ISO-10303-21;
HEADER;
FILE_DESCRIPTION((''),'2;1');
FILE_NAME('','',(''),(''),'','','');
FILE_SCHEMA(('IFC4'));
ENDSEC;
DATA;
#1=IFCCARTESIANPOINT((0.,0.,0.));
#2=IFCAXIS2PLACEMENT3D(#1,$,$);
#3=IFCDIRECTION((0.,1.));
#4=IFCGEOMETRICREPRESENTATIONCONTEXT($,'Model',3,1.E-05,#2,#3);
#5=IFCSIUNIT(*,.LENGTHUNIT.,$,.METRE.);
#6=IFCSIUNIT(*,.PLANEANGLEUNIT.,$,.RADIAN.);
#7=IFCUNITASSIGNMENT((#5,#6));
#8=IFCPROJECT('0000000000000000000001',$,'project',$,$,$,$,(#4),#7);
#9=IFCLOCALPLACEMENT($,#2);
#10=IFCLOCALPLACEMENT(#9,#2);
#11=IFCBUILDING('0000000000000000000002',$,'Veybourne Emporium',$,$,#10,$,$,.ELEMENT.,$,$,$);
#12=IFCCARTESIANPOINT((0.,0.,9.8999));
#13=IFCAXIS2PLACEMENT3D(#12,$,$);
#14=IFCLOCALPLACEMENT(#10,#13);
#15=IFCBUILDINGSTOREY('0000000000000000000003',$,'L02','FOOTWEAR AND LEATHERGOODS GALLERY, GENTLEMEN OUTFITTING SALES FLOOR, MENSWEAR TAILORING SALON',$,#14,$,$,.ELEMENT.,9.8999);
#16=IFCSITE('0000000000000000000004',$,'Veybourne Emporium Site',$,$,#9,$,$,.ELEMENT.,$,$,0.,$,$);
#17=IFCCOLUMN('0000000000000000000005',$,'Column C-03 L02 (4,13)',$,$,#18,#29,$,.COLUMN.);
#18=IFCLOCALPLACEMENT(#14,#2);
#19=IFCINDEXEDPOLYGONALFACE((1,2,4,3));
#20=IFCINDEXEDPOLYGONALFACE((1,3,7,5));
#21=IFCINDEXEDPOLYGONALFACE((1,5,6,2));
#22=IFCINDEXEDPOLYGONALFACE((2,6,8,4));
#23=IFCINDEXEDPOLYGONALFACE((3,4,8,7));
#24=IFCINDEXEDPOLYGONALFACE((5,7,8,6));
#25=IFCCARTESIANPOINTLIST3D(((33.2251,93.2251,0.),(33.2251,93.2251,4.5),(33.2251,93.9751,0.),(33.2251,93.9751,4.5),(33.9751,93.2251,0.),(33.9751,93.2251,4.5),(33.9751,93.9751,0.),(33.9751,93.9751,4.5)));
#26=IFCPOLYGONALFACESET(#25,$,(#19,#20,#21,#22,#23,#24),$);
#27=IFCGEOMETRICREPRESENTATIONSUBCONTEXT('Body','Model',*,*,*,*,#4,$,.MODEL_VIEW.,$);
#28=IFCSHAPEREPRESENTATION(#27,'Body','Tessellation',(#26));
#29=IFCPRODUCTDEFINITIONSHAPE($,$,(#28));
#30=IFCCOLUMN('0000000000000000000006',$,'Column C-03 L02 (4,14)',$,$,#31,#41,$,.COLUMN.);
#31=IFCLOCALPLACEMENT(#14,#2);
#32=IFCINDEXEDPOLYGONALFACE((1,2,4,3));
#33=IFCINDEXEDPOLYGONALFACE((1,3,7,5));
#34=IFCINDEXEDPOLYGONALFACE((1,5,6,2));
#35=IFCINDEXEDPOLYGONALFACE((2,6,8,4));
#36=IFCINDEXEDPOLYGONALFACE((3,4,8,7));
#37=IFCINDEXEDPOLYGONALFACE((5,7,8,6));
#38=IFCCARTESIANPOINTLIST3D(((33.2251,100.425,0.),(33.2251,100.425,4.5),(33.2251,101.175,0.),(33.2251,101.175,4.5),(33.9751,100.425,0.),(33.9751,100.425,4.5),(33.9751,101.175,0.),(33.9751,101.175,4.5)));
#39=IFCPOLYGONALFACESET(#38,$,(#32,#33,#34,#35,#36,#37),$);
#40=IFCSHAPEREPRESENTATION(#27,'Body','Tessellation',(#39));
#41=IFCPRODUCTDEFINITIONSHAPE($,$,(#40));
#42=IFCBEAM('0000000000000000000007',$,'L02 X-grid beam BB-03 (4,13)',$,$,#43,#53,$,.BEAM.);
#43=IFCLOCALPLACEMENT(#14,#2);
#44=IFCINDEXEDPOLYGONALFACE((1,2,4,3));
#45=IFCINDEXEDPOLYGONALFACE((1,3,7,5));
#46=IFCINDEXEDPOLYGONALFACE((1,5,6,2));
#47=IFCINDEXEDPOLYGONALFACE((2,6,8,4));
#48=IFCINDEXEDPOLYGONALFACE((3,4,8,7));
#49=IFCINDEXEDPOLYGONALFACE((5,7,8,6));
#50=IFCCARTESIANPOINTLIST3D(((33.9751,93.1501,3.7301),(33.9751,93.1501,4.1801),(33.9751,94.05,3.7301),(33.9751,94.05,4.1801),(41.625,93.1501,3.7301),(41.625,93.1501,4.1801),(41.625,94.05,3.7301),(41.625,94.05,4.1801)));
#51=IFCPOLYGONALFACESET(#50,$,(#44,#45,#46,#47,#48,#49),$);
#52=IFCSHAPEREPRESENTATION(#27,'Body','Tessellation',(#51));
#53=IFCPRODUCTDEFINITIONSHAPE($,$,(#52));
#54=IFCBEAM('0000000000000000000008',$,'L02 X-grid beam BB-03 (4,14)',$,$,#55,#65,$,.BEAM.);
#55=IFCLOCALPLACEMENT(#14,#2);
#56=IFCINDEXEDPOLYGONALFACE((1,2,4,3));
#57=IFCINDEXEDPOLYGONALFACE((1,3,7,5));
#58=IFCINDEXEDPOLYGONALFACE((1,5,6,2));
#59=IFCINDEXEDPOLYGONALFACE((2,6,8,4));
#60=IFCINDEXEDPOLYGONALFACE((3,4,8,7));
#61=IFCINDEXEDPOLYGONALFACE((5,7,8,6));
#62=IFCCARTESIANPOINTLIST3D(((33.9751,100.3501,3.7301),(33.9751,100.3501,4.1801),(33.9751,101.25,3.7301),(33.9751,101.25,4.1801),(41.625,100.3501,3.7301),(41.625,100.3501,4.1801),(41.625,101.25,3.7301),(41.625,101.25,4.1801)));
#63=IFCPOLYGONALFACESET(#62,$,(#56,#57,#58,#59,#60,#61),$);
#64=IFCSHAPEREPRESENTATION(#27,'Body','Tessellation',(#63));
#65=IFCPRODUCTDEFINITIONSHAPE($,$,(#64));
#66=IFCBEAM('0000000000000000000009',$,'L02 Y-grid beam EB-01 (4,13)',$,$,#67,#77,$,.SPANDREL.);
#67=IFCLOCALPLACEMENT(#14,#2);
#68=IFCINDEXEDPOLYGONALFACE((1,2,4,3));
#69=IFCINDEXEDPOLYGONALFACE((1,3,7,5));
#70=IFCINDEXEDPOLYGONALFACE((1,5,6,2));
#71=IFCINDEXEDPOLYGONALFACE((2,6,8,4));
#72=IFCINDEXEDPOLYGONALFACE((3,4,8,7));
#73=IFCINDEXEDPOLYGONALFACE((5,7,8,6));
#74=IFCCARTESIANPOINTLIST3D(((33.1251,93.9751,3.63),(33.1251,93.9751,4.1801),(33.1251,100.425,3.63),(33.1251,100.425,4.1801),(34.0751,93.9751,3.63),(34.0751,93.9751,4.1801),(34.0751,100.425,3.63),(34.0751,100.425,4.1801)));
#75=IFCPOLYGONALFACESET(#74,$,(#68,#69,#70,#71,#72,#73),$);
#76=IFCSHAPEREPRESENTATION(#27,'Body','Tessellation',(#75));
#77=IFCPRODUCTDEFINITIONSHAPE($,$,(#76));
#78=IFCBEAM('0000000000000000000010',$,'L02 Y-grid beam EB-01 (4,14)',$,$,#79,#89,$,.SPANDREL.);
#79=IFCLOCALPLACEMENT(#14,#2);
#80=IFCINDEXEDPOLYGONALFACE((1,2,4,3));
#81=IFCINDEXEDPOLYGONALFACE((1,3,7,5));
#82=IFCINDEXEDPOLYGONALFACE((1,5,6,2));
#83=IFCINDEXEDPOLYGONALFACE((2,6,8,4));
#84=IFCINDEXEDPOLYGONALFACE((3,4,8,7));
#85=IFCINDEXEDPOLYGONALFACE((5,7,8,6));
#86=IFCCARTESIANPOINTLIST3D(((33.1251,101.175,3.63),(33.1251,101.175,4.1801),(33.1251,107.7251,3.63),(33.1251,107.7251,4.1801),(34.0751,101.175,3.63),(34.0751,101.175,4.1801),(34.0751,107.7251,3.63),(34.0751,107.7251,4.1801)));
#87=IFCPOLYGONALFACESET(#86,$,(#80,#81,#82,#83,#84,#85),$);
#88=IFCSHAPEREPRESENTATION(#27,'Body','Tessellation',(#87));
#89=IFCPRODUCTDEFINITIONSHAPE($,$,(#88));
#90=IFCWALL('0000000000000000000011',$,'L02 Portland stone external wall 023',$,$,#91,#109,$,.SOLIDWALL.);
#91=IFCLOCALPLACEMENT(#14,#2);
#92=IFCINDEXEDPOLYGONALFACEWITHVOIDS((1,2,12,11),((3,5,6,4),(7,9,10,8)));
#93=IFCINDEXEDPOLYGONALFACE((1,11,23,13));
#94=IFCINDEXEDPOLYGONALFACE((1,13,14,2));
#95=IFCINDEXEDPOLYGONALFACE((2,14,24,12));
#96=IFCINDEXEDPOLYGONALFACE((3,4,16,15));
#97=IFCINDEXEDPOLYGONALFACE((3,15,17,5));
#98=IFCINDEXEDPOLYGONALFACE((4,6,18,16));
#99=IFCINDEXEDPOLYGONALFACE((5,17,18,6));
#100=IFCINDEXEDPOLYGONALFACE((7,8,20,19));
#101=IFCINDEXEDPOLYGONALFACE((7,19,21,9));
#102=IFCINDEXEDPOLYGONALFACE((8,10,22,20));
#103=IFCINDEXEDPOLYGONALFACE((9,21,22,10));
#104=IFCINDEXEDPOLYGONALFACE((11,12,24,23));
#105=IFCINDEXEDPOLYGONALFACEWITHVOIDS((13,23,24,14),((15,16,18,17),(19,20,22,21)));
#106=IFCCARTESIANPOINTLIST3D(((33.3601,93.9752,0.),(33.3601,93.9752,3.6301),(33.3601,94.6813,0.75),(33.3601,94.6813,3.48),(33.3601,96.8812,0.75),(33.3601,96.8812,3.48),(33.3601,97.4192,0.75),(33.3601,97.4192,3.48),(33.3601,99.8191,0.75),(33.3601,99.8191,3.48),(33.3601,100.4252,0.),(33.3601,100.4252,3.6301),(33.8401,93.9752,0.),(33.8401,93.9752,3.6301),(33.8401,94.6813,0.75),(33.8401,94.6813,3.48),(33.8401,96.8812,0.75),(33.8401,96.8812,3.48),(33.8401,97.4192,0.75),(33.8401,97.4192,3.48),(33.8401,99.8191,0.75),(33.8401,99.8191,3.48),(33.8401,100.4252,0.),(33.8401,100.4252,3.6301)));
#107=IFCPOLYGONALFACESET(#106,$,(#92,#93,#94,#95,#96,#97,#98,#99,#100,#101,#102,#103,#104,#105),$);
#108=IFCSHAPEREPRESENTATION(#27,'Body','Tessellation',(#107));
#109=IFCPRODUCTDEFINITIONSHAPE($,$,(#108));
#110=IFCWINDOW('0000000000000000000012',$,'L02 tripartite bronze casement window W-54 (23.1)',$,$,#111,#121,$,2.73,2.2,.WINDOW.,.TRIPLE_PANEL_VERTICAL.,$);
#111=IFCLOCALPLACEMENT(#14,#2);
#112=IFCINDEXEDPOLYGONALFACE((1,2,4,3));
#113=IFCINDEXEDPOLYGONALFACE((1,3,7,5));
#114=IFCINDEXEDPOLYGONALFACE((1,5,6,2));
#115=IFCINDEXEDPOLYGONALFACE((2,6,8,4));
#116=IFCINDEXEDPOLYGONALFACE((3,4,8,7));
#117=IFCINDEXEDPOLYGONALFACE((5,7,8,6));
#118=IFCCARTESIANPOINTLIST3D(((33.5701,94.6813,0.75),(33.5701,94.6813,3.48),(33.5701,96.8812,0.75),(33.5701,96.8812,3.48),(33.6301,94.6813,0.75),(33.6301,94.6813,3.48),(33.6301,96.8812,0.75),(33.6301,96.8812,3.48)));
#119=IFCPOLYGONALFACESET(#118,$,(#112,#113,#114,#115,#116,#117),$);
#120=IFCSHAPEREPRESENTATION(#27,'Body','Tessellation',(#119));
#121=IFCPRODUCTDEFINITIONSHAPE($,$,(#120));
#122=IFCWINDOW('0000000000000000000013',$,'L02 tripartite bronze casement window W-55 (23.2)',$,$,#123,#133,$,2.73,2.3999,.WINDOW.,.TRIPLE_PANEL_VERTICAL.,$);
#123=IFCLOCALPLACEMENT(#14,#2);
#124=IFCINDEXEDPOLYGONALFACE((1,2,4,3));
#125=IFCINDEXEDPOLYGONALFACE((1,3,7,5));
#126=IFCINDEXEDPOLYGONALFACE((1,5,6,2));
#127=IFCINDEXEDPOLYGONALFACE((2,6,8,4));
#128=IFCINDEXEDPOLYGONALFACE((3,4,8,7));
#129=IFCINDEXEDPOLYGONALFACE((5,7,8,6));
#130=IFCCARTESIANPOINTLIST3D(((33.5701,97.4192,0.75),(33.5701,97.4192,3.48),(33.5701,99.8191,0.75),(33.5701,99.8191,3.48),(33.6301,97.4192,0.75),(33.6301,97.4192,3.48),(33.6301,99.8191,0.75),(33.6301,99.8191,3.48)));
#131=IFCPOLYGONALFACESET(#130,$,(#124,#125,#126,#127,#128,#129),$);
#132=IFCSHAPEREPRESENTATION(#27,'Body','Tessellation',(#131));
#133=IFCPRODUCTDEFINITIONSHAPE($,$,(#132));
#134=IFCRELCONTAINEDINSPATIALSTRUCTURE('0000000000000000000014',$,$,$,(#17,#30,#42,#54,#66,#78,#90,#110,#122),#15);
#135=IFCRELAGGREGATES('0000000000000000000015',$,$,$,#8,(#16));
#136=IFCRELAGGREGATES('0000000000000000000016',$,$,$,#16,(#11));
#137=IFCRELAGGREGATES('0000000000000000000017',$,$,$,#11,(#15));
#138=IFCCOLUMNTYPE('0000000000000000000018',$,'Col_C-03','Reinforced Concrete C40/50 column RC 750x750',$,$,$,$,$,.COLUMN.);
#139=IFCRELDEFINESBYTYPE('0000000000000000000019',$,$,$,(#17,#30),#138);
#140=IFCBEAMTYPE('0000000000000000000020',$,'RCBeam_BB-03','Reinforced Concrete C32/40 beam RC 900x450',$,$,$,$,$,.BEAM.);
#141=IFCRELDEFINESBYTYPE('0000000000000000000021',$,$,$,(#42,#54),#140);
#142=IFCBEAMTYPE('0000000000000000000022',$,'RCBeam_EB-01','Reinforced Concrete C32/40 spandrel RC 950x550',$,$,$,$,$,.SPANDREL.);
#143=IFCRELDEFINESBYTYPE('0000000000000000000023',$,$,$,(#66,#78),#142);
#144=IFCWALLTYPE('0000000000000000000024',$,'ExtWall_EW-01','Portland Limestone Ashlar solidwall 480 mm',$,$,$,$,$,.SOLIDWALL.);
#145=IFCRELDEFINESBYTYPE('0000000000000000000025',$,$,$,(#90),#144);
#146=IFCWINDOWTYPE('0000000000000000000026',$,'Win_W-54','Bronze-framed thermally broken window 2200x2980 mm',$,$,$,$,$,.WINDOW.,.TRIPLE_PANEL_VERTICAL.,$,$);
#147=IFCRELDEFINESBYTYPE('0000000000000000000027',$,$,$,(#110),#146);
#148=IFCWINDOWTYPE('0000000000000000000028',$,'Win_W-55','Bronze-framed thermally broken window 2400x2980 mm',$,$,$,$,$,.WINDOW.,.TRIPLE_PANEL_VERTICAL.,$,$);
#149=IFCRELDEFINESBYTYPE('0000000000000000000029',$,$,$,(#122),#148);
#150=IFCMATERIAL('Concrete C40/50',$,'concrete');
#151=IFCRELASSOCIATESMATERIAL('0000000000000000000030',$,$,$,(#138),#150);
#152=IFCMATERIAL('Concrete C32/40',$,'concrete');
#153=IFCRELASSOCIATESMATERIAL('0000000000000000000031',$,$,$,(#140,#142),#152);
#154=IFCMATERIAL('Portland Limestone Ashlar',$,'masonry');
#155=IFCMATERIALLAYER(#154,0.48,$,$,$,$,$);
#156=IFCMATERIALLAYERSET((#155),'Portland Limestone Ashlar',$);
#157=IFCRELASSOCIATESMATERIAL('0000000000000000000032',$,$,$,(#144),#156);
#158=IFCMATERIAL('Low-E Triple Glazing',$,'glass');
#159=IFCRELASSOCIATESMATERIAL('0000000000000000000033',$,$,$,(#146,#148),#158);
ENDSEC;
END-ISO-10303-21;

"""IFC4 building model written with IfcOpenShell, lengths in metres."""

from ifc_helpers import new_model, si_unit, direction, frame, frame_2d, origin, origin_2d, place, context, subcontext, project, spatial, rectangle, extrude, material, layer, layer_set, material_profile, profile_set, type_object, element, fill, save


model = new_model("IFC4")

# Units and contexts
model_context = context("Model", 3, precision=1e-05, world=origin(), true_north=direction((0.0, 1.0)))
body_context = subcontext(model_context, "Body", "Model", "MODEL_VIEW")
ifc_project = project(units=[si_unit("LENGTHUNIT", "METRE"), si_unit("PLANEANGLEUNIT", "RADIAN")], contexts=[model_context])

# Site, building, storey
site_placement = place(None, origin())
site = spatial("IfcSite", under=ifc_project, at=site_placement, Name="Veybourne Emporium Site", CompositionType="ELEMENT", RefElevation=0.0)
building_placement = place(site_placement, origin())
building = spatial("IfcBuilding", under=site, at=building_placement, Name="Veybourne Emporium", CompositionType="ELEMENT")
storey_placement = place(building_placement, frame((0.0, 0.0, 9.8999)))
storey = spatial("IfcBuildingStorey", under=building, at=storey_placement, Name="L02", Description="FOOTWEAR AND LEATHERGOODS GALLERY, GENTLEMEN OUTFITTING SALES FLOOR, MENSWEAR TAILORING SALON", CompositionType="ELEMENT", Elevation=9.8999)

# Columns
ifc_material_1 = material(Name="Concrete C40/50", Category="concrete")
ifc_material_profile_1 = material_profile(ifc_material_1, rectangle(XDim=0.75, YDim=0.75, at=origin_2d()), Name="RC 750x750")
ifc_profile_set_1 = profile_set([ifc_material_profile_1], Name="Concrete C40/50")
column_type = type_object("IfcColumnType", Name="Col_C-03", Description="Reinforced Concrete C40/50 column RC 750x750", PredefinedType="COLUMN", material=ifc_profile_set_1)
for number, where, z_axis, x_axis, name in (
    (1, (33.6001, 93.6001, 0.0), (0.0, 0.0, 1.0), (1.0, 0.0, 0.0), "Column C-03 L02 (4,13)"),
    (2, (33.6001, 100.8, 0.0), (0.0, 0.0, 1.0), (1.0, 0.0, 0.0), "Column C-03 L02 (4,14)"),
):
    element("IfcColumn", number, at=place(storey_placement, frame(where, z_axis=z_axis, x_axis=x_axis)), inside=storey, type_object=column_type, Name=name, PredefinedType="COLUMN", context=body_context, shape_type="SweptSolid", body=[
        extrude(rectangle(XDim=0.75, YDim=0.75, at=origin_2d()), origin(), (0.0, 0.0, 1.0), 4.5),
    ])

# Beams
ifc_material_2 = material(Name="Concrete C32/40", Category="concrete")
ifc_material_profile_2 = material_profile(ifc_material_2, rectangle(XDim=0.8999, YDim=0.45, at=origin_2d()), Name="RC 900x450")
ifc_profile_set_2 = profile_set([ifc_material_profile_2], Name="Concrete C32/40")
beam_type_1 = type_object("IfcBeamType", Name="RCBeam_BB-03", Description="Reinforced Concrete C32/40 beam RC 900x450", PredefinedType="BEAM", material=ifc_profile_set_2)
for number, where, z_axis, x_axis, name in (
    (3, (33.9751, 93.6001, 3.9551), (1.0, 0.0, 0.0), (0.0, 1.0, 0.0), "L02 X-grid beam BB-03 (4,13)"),
    (4, (33.9751, 100.8, 3.9551), (1.0, 0.0, 0.0), (0.0, 1.0, 0.0), "L02 X-grid beam BB-03 (4,14)"),
):
    element("IfcBeam", number, at=place(storey_placement, frame(where, z_axis=z_axis, x_axis=x_axis)), inside=storey, type_object=beam_type_1, Name=name, PredefinedType="BEAM", context=body_context, shape_type="SweptSolid", body=[
        extrude(rectangle(XDim=0.8999, YDim=0.45, at=origin_2d()), origin(), (0.0, 0.0, 1.0), 7.6499),
    ])
ifc_material_profile_3 = material_profile(ifc_material_2, rectangle(XDim=0.95, YDim=0.55, at=origin_2d()), Name="RC 950x550")
ifc_profile_set_3 = profile_set([ifc_material_profile_3], Name="Concrete C32/40")
beam_type_2 = type_object("IfcBeamType", Name="RCBeam_EB-01", Description="Reinforced Concrete C32/40 spandrel RC 950x550", PredefinedType="SPANDREL", material=ifc_profile_set_3)
beam_1_placement = place(storey_placement, frame((33.6001, 93.9751, 3.905), z_axis=(0.0, 1.0, 0.0), x_axis=(-1.0, 0.0, 0.0)))
element("IfcBeam", 5, at=beam_1_placement, inside=storey, type_object=beam_type_2, Name="L02 Y-grid beam EB-01 (4,13)", PredefinedType="SPANDREL", context=body_context, shape_type="SweptSolid", body=[
    extrude(rectangle(XDim=0.95, YDim=0.55, at=origin_2d()), origin(), (0.0, 0.0, 1.0), 6.45),
])
beam_2_placement = place(storey_placement, frame((33.6001, 101.175, 3.905), z_axis=(0.0, 1.0, 0.0), x_axis=(-1.0, 0.0, 0.0)))
element("IfcBeam", 6, at=beam_2_placement, inside=storey, type_object=beam_type_2, Name="L02 Y-grid beam EB-01 (4,14)", PredefinedType="SPANDREL", context=body_context, shape_type="SweptSolid", body=[
    extrude(rectangle(XDim=0.95, YDim=0.55, at=origin_2d()), origin(), (0.0, 0.0, 1.0), 6.55),
])

# Wall, openings, windows
ifc_material_3 = material(Name="Portland Limestone Ashlar", Category="masonry")
ifc_layer_1 = layer(ifc_material_3, 0.48)
ifc_layer_set_1 = layer_set([ifc_layer_1], Name="Portland Limestone Ashlar")
wall_type_1 = type_object("IfcWallType", Name="ExtWall_EW-01", Description="Portland Limestone Ashlar solidwall 480 mm", PredefinedType="SOLIDWALL", material=ifc_layer_set_1)
wall_1_placement = place(storey_placement, frame((33.6001, 93.9751, 0.0), z_axis=(0.0, 0.0, 1.0), x_axis=(0.0, 1.0, 0.0)))
wall_1 = element("IfcWall", 7, at=wall_1_placement, inside=storey, type_object=wall_type_1, Name="L02 Portland stone external wall 023", PredefinedType="SOLIDWALL", context=body_context, shape_type="SweptSolid", body=[
    extrude(rectangle(XDim=6.45, YDim=0.48, at=frame_2d((3.2251, 0.0))), origin(), (0.0, 0.0, 1.0), 3.6301),
])
opening_1_placement = place(wall_1_placement, frame((0.7061, 0.0, 0.75)))
opening_1 = element("IfcOpeningElement", 8, at=opening_1_placement, cuts=wall_1, PredefinedType="OPENING", context=body_context, shape_type="SweptSolid", body=[
    extrude(rectangle(XDim=2.2, YDim=2.73, at=frame_2d((1.1001, 1.365))), frame((0.0, 0.26, 0.0), z_axis=(0.0, -1.0, 0.0), x_axis=(1.0, 0.0, 0.0)), (0.0, 0.0, 1.0), 0.52),
])
opening_2_placement = place(wall_1_placement, frame((3.4441, 0.0, 0.75)))
opening_2 = element("IfcOpeningElement", 9, at=opening_2_placement, cuts=wall_1, PredefinedType="OPENING", context=body_context, shape_type="SweptSolid", body=[
    extrude(rectangle(XDim=2.3999, YDim=2.73, at=frame_2d((1.2, 1.365))), frame((0.0, 0.26, 0.0), z_axis=(0.0, -1.0, 0.0), x_axis=(1.0, 0.0, 0.0)), (0.0, 0.0, 1.0), 0.52),
])
ifc_material_4 = material(Name="Low-E Triple Glazing", Category="glass")
window_type_1 = type_object("IfcWindowType", Name="Win_W-54", Description="Bronze-framed thermally broken window 2200x2980 mm", PartitioningType="TRIPLE_PANEL_VERTICAL", PredefinedType="WINDOW", material=ifc_material_4)
window_1_placement = place(opening_1_placement, origin())
window_1 = element("IfcWindow", 10, at=window_1_placement, inside=storey, type_object=window_type_1, Name="L02 tripartite bronze casement window W-54 (23.1)", OverallHeight=2.73, OverallWidth=2.2, PartitioningType="TRIPLE_PANEL_VERTICAL", PredefinedType="WINDOW", context=body_context, shape_type="SweptSolid", body=[
    extrude(rectangle(XDim=2.2, YDim=2.73, at=frame_2d((1.1001, 1.365))), frame((0.0, 0.03, 0.0), z_axis=(0.0, -1.0, 0.0), x_axis=(1.0, 0.0, 0.0)), (0.0, 0.0, 1.0), 0.0601),
])
fill(opening_1, window_1)
window_type_2 = type_object("IfcWindowType", Name="Win_W-55", Description="Bronze-framed thermally broken window 2400x2980 mm", PartitioningType="TRIPLE_PANEL_VERTICAL", PredefinedType="WINDOW", material=ifc_material_4)
window_2_placement = place(opening_2_placement, origin())
window_2 = element("IfcWindow", 11, at=window_2_placement, inside=storey, type_object=window_type_2, Name="L02 tripartite bronze casement window W-55 (23.2)", OverallHeight=2.73, OverallWidth=2.3999, PartitioningType="TRIPLE_PANEL_VERTICAL", PredefinedType="WINDOW", context=body_context, shape_type="SweptSolid", body=[
    extrude(rectangle(XDim=2.3999, YDim=2.73, at=frame_2d((1.2, 1.365))), frame((0.0, 0.03, 0.0), z_axis=(0.0, -1.0, 0.0), x_axis=(1.0, 0.0, 0.0)), (0.0, 0.0, 1.0), 0.0601),
])
fill(opening_2, window_2)

save(model, "model.ifc")
